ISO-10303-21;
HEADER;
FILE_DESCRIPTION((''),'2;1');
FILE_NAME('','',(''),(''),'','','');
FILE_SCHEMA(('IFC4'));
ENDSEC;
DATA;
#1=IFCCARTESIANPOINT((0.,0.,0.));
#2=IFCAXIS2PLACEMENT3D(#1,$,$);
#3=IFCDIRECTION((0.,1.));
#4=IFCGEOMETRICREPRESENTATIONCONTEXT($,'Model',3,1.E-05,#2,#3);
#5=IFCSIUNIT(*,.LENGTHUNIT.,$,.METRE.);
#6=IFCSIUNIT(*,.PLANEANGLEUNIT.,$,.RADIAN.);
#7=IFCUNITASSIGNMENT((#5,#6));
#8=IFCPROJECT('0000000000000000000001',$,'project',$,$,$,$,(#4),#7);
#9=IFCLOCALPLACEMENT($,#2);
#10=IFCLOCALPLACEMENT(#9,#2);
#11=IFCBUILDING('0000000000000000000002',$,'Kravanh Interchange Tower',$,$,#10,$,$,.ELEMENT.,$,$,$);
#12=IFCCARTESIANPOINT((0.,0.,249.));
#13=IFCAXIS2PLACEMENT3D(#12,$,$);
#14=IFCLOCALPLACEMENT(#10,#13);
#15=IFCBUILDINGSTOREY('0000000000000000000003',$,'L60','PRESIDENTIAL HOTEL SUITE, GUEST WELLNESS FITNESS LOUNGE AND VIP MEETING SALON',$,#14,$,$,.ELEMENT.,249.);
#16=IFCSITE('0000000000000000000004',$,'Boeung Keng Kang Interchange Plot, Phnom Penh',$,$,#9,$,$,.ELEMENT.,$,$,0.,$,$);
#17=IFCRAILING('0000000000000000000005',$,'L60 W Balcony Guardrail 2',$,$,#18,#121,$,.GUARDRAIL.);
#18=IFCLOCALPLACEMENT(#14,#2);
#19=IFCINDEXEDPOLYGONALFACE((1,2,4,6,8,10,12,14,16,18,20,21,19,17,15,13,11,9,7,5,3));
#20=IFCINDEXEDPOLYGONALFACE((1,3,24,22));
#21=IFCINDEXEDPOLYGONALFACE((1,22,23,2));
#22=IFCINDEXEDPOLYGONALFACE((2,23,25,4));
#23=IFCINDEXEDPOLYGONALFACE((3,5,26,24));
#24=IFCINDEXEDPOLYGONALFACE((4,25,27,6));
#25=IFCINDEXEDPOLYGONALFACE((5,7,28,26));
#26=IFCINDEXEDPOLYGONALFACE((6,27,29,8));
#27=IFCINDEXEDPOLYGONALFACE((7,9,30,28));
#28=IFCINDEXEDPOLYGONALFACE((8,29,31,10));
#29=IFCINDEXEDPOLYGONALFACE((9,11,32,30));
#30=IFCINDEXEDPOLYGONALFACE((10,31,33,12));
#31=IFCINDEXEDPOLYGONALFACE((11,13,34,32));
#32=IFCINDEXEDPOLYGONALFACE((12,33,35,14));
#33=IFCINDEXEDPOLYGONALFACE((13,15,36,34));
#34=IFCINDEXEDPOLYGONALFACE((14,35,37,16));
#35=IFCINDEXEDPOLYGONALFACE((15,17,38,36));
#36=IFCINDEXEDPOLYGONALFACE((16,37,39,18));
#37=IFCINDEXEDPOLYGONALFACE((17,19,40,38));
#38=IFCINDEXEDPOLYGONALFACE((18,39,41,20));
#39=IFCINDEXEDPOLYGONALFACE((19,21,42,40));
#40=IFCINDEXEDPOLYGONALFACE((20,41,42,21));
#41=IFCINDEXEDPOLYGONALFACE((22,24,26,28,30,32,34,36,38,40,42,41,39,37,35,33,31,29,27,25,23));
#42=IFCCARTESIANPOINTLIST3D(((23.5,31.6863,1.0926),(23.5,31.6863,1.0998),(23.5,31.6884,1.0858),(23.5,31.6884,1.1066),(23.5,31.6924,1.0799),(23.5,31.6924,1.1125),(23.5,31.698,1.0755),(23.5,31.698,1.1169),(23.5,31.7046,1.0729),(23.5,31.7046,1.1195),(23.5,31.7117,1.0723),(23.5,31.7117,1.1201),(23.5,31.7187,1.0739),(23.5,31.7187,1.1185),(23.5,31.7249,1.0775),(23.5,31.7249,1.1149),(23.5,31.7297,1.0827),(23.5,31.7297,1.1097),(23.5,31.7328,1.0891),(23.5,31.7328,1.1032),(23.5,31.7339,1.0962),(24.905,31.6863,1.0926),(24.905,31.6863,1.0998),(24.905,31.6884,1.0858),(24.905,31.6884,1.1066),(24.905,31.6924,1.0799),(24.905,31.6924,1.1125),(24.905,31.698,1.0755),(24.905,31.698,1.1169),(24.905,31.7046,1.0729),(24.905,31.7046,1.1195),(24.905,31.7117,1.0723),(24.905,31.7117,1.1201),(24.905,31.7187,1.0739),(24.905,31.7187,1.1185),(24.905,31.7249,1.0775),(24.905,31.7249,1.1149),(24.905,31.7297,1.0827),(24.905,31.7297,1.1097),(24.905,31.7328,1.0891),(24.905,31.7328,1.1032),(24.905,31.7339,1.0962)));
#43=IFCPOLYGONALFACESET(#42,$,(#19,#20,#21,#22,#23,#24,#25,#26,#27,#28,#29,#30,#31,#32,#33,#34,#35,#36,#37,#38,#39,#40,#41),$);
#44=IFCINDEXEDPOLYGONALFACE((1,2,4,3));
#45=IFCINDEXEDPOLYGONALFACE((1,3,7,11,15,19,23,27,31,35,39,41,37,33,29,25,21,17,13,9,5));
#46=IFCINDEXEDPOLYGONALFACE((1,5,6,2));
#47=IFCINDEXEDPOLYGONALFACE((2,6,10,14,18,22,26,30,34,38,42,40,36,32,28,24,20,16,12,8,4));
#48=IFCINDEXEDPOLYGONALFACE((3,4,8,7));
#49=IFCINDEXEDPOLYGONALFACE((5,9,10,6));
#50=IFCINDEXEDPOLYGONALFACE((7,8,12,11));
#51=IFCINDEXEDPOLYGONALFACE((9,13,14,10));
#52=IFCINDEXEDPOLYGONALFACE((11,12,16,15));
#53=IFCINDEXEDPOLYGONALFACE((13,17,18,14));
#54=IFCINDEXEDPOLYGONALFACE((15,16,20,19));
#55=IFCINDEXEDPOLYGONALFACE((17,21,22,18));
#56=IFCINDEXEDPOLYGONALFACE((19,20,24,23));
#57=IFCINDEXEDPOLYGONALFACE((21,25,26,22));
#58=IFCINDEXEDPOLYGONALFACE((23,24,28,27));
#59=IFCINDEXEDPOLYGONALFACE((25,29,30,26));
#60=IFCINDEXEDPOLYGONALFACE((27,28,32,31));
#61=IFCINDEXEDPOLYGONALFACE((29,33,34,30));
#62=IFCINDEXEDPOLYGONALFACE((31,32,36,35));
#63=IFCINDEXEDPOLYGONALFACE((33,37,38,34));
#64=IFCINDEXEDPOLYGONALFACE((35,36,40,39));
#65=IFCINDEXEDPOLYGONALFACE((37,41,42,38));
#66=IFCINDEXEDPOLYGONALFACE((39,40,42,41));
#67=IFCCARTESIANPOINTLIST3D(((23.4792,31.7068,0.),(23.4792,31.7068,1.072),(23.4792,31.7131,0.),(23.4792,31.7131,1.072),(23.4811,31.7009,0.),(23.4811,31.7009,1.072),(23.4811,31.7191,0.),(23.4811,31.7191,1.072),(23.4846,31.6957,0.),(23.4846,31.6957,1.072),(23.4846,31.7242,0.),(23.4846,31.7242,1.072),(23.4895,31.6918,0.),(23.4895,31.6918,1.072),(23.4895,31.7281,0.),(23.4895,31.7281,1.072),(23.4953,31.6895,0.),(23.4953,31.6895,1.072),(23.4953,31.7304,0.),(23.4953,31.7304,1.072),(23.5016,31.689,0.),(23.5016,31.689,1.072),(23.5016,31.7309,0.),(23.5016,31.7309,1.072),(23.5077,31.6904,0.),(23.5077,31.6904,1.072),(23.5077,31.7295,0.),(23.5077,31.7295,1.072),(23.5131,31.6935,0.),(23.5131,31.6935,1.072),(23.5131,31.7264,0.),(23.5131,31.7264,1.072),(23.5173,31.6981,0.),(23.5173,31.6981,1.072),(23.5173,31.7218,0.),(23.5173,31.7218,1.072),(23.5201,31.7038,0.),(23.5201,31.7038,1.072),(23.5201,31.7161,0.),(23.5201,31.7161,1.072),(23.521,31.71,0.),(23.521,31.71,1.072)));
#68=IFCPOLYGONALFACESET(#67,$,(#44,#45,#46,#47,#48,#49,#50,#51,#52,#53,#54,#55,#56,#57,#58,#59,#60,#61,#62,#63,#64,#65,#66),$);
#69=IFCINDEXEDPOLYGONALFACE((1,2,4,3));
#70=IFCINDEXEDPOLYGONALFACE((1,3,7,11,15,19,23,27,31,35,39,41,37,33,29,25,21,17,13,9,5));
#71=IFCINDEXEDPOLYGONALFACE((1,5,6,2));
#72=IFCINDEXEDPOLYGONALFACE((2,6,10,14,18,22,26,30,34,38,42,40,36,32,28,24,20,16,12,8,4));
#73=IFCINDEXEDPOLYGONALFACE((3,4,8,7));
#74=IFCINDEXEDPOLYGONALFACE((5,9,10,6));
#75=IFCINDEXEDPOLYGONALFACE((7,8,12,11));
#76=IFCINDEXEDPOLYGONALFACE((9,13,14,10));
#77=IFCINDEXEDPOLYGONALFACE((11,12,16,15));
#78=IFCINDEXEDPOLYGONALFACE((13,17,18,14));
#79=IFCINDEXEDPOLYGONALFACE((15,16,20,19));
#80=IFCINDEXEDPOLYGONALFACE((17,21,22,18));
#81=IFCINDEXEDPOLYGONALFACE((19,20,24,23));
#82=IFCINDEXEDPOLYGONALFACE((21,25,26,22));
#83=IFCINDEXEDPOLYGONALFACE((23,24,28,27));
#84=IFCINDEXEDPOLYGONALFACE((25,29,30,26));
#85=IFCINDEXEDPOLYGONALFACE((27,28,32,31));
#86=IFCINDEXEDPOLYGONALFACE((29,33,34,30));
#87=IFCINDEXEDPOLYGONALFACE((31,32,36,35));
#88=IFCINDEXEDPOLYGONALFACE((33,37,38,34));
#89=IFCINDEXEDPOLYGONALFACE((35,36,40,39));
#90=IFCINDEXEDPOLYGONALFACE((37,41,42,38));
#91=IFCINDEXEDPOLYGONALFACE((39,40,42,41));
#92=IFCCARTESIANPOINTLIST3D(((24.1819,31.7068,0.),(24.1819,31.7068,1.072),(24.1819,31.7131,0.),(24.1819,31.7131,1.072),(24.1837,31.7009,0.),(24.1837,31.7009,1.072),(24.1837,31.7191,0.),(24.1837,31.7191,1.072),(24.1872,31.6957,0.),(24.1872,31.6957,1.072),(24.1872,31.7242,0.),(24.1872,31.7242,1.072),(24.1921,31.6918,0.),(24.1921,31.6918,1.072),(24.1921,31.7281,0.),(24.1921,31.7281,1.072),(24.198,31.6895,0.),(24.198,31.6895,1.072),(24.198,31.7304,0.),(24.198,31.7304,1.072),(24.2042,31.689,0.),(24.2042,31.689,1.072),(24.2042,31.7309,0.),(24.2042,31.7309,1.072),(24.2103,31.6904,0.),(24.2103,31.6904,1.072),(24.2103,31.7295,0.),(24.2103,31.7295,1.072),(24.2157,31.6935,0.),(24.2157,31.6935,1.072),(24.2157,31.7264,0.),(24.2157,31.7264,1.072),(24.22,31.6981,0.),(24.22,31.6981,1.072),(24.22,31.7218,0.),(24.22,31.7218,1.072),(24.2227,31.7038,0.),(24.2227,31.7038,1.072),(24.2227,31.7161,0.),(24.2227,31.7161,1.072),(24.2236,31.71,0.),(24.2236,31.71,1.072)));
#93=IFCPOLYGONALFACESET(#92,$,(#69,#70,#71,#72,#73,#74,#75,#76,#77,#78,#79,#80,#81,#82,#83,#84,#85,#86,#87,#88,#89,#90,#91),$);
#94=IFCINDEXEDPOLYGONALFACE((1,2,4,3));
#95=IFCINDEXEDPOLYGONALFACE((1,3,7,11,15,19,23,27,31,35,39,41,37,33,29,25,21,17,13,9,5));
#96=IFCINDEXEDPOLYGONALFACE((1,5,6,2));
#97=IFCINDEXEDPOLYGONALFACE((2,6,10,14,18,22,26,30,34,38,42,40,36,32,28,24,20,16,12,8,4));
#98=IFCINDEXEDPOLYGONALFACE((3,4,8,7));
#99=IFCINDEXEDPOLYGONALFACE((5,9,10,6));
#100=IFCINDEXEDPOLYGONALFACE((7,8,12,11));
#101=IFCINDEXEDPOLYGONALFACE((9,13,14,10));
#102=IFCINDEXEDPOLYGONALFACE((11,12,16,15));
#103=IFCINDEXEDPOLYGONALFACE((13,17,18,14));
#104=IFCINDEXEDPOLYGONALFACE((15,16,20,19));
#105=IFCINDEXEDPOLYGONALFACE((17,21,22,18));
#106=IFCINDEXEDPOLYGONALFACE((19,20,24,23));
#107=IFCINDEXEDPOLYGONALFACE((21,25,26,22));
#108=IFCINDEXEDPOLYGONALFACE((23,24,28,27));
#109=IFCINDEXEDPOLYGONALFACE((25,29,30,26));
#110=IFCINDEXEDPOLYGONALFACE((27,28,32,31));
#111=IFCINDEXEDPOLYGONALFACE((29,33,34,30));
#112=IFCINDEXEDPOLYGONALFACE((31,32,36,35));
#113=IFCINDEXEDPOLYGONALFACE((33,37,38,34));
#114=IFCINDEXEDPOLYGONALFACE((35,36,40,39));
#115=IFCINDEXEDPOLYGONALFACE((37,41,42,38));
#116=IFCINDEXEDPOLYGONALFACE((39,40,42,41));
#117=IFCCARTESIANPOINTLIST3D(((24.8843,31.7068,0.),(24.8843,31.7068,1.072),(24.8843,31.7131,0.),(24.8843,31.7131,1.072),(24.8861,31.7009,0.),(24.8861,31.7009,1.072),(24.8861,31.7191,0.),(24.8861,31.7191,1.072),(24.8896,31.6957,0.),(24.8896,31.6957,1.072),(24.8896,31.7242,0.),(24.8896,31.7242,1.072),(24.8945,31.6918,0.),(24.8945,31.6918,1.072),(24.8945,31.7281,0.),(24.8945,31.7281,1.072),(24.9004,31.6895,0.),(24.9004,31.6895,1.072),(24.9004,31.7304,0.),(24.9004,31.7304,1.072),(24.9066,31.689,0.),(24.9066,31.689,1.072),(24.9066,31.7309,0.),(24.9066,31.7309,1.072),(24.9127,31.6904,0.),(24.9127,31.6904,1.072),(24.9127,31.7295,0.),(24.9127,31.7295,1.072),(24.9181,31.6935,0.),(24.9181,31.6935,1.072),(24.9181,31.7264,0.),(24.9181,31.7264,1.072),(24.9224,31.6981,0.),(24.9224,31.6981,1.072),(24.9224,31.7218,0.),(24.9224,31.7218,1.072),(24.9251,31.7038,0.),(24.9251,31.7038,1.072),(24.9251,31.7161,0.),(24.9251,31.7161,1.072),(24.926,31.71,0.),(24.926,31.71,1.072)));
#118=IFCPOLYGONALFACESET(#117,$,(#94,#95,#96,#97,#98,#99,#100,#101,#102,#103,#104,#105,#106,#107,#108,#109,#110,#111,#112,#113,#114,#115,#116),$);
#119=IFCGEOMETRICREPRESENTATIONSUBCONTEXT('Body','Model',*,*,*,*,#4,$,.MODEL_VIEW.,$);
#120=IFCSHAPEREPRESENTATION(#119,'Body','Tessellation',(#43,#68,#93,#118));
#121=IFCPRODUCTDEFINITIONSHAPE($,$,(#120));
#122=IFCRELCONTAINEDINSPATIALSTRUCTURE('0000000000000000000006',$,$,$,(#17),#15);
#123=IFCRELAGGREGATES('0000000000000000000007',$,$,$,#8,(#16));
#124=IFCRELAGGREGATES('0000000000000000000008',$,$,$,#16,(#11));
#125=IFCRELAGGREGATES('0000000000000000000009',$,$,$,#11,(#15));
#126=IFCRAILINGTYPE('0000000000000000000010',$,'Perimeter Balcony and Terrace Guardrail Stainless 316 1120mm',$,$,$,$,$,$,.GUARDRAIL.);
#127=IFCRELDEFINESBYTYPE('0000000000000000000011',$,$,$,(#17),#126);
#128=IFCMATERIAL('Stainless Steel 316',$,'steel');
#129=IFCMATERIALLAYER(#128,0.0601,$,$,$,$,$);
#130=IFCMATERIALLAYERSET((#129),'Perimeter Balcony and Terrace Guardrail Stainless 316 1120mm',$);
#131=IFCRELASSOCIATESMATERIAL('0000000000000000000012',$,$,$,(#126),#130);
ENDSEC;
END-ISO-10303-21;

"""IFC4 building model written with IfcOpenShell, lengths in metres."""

from ifc_helpers import new_model, si_unit, direction, frame, origin, origin_2d, place, context, subcontext, project, spatial, circle, extrude, material, layer, layer_set, type_object, element, save


model = new_model("IFC4")

# Units and contexts
model_context = context("Model", 3, precision=1e-05, world=origin(), true_north=direction((0.0, 1.0)))
body_context = subcontext(model_context, "Body", "Model", "MODEL_VIEW")
ifc_project = project(units=[si_unit("LENGTHUNIT", "METRE"), si_unit("PLANEANGLEUNIT", "RADIAN")], contexts=[model_context])

# Site, building, storey
site_placement = place(None, origin())
site = spatial("IfcSite", under=ifc_project, at=site_placement, Name="Boeung Keng Kang Interchange Plot, Phnom Penh", CompositionType="ELEMENT", RefElevation=0.0)
building_placement = place(site_placement, origin())
building = spatial("IfcBuilding", under=site, at=building_placement, Name="Kravanh Interchange Tower", CompositionType="ELEMENT")
storey_placement = place(building_placement, frame((0.0, 0.0, 249.0)))
storey = spatial("IfcBuildingStorey", under=building, at=storey_placement, Name="L60", Description="PRESIDENTIAL HOTEL SUITE, GUEST WELLNESS FITNESS LOUNGE AND VIP MEETING SALON", CompositionType="ELEMENT", Elevation=249.0)

# Railing
ifc_material_1 = material(Name="Stainless Steel 316", Category="steel")
ifc_layer_1 = layer(ifc_material_1, 0.0601)
ifc_layer_set_1 = layer_set([ifc_layer_1], Name="Perimeter Balcony and Terrace Guardrail Stainless 316 1120mm")
railing_type = type_object("IfcRailingType", Name="Perimeter Balcony and Terrace Guardrail Stainless 316 1120mm", PredefinedType="GUARDRAIL", material=ifc_layer_set_1)
railing_placement = place(storey_placement, frame((23.5, 31.71, 0.0)))
element("IfcRailing", 1, at=railing_placement, inside=storey, type_object=railing_type, Name="L60 W Balcony Guardrail 2", PredefinedType="GUARDRAIL", context=body_context, shape_type="SweptSolid", body=[
    extrude(circle(Radius=0.0239, at=origin_2d()), frame((0.0, 0.0, 1.0962), z_axis=(1.0, 0.0, 0.0), x_axis=(0.0, 1.0, 0.0)), (0.0, 0.0, 1.0), 1.405),
    extrude(circle(Radius=0.021, at=origin_2d()), origin(), (0.0, 0.0, 1.0), 1.072),
    extrude(circle(Radius=0.021, at=origin_2d()), frame((0.7026, 0.0, 0.0)), (0.0, 0.0, 1.0), 1.072),
    extrude(circle(Radius=0.021, at=origin_2d()), frame((1.405, 0.0, 0.0)), (0.0, 0.0, 1.0), 1.072),
])

save(model, "model.ifc")
